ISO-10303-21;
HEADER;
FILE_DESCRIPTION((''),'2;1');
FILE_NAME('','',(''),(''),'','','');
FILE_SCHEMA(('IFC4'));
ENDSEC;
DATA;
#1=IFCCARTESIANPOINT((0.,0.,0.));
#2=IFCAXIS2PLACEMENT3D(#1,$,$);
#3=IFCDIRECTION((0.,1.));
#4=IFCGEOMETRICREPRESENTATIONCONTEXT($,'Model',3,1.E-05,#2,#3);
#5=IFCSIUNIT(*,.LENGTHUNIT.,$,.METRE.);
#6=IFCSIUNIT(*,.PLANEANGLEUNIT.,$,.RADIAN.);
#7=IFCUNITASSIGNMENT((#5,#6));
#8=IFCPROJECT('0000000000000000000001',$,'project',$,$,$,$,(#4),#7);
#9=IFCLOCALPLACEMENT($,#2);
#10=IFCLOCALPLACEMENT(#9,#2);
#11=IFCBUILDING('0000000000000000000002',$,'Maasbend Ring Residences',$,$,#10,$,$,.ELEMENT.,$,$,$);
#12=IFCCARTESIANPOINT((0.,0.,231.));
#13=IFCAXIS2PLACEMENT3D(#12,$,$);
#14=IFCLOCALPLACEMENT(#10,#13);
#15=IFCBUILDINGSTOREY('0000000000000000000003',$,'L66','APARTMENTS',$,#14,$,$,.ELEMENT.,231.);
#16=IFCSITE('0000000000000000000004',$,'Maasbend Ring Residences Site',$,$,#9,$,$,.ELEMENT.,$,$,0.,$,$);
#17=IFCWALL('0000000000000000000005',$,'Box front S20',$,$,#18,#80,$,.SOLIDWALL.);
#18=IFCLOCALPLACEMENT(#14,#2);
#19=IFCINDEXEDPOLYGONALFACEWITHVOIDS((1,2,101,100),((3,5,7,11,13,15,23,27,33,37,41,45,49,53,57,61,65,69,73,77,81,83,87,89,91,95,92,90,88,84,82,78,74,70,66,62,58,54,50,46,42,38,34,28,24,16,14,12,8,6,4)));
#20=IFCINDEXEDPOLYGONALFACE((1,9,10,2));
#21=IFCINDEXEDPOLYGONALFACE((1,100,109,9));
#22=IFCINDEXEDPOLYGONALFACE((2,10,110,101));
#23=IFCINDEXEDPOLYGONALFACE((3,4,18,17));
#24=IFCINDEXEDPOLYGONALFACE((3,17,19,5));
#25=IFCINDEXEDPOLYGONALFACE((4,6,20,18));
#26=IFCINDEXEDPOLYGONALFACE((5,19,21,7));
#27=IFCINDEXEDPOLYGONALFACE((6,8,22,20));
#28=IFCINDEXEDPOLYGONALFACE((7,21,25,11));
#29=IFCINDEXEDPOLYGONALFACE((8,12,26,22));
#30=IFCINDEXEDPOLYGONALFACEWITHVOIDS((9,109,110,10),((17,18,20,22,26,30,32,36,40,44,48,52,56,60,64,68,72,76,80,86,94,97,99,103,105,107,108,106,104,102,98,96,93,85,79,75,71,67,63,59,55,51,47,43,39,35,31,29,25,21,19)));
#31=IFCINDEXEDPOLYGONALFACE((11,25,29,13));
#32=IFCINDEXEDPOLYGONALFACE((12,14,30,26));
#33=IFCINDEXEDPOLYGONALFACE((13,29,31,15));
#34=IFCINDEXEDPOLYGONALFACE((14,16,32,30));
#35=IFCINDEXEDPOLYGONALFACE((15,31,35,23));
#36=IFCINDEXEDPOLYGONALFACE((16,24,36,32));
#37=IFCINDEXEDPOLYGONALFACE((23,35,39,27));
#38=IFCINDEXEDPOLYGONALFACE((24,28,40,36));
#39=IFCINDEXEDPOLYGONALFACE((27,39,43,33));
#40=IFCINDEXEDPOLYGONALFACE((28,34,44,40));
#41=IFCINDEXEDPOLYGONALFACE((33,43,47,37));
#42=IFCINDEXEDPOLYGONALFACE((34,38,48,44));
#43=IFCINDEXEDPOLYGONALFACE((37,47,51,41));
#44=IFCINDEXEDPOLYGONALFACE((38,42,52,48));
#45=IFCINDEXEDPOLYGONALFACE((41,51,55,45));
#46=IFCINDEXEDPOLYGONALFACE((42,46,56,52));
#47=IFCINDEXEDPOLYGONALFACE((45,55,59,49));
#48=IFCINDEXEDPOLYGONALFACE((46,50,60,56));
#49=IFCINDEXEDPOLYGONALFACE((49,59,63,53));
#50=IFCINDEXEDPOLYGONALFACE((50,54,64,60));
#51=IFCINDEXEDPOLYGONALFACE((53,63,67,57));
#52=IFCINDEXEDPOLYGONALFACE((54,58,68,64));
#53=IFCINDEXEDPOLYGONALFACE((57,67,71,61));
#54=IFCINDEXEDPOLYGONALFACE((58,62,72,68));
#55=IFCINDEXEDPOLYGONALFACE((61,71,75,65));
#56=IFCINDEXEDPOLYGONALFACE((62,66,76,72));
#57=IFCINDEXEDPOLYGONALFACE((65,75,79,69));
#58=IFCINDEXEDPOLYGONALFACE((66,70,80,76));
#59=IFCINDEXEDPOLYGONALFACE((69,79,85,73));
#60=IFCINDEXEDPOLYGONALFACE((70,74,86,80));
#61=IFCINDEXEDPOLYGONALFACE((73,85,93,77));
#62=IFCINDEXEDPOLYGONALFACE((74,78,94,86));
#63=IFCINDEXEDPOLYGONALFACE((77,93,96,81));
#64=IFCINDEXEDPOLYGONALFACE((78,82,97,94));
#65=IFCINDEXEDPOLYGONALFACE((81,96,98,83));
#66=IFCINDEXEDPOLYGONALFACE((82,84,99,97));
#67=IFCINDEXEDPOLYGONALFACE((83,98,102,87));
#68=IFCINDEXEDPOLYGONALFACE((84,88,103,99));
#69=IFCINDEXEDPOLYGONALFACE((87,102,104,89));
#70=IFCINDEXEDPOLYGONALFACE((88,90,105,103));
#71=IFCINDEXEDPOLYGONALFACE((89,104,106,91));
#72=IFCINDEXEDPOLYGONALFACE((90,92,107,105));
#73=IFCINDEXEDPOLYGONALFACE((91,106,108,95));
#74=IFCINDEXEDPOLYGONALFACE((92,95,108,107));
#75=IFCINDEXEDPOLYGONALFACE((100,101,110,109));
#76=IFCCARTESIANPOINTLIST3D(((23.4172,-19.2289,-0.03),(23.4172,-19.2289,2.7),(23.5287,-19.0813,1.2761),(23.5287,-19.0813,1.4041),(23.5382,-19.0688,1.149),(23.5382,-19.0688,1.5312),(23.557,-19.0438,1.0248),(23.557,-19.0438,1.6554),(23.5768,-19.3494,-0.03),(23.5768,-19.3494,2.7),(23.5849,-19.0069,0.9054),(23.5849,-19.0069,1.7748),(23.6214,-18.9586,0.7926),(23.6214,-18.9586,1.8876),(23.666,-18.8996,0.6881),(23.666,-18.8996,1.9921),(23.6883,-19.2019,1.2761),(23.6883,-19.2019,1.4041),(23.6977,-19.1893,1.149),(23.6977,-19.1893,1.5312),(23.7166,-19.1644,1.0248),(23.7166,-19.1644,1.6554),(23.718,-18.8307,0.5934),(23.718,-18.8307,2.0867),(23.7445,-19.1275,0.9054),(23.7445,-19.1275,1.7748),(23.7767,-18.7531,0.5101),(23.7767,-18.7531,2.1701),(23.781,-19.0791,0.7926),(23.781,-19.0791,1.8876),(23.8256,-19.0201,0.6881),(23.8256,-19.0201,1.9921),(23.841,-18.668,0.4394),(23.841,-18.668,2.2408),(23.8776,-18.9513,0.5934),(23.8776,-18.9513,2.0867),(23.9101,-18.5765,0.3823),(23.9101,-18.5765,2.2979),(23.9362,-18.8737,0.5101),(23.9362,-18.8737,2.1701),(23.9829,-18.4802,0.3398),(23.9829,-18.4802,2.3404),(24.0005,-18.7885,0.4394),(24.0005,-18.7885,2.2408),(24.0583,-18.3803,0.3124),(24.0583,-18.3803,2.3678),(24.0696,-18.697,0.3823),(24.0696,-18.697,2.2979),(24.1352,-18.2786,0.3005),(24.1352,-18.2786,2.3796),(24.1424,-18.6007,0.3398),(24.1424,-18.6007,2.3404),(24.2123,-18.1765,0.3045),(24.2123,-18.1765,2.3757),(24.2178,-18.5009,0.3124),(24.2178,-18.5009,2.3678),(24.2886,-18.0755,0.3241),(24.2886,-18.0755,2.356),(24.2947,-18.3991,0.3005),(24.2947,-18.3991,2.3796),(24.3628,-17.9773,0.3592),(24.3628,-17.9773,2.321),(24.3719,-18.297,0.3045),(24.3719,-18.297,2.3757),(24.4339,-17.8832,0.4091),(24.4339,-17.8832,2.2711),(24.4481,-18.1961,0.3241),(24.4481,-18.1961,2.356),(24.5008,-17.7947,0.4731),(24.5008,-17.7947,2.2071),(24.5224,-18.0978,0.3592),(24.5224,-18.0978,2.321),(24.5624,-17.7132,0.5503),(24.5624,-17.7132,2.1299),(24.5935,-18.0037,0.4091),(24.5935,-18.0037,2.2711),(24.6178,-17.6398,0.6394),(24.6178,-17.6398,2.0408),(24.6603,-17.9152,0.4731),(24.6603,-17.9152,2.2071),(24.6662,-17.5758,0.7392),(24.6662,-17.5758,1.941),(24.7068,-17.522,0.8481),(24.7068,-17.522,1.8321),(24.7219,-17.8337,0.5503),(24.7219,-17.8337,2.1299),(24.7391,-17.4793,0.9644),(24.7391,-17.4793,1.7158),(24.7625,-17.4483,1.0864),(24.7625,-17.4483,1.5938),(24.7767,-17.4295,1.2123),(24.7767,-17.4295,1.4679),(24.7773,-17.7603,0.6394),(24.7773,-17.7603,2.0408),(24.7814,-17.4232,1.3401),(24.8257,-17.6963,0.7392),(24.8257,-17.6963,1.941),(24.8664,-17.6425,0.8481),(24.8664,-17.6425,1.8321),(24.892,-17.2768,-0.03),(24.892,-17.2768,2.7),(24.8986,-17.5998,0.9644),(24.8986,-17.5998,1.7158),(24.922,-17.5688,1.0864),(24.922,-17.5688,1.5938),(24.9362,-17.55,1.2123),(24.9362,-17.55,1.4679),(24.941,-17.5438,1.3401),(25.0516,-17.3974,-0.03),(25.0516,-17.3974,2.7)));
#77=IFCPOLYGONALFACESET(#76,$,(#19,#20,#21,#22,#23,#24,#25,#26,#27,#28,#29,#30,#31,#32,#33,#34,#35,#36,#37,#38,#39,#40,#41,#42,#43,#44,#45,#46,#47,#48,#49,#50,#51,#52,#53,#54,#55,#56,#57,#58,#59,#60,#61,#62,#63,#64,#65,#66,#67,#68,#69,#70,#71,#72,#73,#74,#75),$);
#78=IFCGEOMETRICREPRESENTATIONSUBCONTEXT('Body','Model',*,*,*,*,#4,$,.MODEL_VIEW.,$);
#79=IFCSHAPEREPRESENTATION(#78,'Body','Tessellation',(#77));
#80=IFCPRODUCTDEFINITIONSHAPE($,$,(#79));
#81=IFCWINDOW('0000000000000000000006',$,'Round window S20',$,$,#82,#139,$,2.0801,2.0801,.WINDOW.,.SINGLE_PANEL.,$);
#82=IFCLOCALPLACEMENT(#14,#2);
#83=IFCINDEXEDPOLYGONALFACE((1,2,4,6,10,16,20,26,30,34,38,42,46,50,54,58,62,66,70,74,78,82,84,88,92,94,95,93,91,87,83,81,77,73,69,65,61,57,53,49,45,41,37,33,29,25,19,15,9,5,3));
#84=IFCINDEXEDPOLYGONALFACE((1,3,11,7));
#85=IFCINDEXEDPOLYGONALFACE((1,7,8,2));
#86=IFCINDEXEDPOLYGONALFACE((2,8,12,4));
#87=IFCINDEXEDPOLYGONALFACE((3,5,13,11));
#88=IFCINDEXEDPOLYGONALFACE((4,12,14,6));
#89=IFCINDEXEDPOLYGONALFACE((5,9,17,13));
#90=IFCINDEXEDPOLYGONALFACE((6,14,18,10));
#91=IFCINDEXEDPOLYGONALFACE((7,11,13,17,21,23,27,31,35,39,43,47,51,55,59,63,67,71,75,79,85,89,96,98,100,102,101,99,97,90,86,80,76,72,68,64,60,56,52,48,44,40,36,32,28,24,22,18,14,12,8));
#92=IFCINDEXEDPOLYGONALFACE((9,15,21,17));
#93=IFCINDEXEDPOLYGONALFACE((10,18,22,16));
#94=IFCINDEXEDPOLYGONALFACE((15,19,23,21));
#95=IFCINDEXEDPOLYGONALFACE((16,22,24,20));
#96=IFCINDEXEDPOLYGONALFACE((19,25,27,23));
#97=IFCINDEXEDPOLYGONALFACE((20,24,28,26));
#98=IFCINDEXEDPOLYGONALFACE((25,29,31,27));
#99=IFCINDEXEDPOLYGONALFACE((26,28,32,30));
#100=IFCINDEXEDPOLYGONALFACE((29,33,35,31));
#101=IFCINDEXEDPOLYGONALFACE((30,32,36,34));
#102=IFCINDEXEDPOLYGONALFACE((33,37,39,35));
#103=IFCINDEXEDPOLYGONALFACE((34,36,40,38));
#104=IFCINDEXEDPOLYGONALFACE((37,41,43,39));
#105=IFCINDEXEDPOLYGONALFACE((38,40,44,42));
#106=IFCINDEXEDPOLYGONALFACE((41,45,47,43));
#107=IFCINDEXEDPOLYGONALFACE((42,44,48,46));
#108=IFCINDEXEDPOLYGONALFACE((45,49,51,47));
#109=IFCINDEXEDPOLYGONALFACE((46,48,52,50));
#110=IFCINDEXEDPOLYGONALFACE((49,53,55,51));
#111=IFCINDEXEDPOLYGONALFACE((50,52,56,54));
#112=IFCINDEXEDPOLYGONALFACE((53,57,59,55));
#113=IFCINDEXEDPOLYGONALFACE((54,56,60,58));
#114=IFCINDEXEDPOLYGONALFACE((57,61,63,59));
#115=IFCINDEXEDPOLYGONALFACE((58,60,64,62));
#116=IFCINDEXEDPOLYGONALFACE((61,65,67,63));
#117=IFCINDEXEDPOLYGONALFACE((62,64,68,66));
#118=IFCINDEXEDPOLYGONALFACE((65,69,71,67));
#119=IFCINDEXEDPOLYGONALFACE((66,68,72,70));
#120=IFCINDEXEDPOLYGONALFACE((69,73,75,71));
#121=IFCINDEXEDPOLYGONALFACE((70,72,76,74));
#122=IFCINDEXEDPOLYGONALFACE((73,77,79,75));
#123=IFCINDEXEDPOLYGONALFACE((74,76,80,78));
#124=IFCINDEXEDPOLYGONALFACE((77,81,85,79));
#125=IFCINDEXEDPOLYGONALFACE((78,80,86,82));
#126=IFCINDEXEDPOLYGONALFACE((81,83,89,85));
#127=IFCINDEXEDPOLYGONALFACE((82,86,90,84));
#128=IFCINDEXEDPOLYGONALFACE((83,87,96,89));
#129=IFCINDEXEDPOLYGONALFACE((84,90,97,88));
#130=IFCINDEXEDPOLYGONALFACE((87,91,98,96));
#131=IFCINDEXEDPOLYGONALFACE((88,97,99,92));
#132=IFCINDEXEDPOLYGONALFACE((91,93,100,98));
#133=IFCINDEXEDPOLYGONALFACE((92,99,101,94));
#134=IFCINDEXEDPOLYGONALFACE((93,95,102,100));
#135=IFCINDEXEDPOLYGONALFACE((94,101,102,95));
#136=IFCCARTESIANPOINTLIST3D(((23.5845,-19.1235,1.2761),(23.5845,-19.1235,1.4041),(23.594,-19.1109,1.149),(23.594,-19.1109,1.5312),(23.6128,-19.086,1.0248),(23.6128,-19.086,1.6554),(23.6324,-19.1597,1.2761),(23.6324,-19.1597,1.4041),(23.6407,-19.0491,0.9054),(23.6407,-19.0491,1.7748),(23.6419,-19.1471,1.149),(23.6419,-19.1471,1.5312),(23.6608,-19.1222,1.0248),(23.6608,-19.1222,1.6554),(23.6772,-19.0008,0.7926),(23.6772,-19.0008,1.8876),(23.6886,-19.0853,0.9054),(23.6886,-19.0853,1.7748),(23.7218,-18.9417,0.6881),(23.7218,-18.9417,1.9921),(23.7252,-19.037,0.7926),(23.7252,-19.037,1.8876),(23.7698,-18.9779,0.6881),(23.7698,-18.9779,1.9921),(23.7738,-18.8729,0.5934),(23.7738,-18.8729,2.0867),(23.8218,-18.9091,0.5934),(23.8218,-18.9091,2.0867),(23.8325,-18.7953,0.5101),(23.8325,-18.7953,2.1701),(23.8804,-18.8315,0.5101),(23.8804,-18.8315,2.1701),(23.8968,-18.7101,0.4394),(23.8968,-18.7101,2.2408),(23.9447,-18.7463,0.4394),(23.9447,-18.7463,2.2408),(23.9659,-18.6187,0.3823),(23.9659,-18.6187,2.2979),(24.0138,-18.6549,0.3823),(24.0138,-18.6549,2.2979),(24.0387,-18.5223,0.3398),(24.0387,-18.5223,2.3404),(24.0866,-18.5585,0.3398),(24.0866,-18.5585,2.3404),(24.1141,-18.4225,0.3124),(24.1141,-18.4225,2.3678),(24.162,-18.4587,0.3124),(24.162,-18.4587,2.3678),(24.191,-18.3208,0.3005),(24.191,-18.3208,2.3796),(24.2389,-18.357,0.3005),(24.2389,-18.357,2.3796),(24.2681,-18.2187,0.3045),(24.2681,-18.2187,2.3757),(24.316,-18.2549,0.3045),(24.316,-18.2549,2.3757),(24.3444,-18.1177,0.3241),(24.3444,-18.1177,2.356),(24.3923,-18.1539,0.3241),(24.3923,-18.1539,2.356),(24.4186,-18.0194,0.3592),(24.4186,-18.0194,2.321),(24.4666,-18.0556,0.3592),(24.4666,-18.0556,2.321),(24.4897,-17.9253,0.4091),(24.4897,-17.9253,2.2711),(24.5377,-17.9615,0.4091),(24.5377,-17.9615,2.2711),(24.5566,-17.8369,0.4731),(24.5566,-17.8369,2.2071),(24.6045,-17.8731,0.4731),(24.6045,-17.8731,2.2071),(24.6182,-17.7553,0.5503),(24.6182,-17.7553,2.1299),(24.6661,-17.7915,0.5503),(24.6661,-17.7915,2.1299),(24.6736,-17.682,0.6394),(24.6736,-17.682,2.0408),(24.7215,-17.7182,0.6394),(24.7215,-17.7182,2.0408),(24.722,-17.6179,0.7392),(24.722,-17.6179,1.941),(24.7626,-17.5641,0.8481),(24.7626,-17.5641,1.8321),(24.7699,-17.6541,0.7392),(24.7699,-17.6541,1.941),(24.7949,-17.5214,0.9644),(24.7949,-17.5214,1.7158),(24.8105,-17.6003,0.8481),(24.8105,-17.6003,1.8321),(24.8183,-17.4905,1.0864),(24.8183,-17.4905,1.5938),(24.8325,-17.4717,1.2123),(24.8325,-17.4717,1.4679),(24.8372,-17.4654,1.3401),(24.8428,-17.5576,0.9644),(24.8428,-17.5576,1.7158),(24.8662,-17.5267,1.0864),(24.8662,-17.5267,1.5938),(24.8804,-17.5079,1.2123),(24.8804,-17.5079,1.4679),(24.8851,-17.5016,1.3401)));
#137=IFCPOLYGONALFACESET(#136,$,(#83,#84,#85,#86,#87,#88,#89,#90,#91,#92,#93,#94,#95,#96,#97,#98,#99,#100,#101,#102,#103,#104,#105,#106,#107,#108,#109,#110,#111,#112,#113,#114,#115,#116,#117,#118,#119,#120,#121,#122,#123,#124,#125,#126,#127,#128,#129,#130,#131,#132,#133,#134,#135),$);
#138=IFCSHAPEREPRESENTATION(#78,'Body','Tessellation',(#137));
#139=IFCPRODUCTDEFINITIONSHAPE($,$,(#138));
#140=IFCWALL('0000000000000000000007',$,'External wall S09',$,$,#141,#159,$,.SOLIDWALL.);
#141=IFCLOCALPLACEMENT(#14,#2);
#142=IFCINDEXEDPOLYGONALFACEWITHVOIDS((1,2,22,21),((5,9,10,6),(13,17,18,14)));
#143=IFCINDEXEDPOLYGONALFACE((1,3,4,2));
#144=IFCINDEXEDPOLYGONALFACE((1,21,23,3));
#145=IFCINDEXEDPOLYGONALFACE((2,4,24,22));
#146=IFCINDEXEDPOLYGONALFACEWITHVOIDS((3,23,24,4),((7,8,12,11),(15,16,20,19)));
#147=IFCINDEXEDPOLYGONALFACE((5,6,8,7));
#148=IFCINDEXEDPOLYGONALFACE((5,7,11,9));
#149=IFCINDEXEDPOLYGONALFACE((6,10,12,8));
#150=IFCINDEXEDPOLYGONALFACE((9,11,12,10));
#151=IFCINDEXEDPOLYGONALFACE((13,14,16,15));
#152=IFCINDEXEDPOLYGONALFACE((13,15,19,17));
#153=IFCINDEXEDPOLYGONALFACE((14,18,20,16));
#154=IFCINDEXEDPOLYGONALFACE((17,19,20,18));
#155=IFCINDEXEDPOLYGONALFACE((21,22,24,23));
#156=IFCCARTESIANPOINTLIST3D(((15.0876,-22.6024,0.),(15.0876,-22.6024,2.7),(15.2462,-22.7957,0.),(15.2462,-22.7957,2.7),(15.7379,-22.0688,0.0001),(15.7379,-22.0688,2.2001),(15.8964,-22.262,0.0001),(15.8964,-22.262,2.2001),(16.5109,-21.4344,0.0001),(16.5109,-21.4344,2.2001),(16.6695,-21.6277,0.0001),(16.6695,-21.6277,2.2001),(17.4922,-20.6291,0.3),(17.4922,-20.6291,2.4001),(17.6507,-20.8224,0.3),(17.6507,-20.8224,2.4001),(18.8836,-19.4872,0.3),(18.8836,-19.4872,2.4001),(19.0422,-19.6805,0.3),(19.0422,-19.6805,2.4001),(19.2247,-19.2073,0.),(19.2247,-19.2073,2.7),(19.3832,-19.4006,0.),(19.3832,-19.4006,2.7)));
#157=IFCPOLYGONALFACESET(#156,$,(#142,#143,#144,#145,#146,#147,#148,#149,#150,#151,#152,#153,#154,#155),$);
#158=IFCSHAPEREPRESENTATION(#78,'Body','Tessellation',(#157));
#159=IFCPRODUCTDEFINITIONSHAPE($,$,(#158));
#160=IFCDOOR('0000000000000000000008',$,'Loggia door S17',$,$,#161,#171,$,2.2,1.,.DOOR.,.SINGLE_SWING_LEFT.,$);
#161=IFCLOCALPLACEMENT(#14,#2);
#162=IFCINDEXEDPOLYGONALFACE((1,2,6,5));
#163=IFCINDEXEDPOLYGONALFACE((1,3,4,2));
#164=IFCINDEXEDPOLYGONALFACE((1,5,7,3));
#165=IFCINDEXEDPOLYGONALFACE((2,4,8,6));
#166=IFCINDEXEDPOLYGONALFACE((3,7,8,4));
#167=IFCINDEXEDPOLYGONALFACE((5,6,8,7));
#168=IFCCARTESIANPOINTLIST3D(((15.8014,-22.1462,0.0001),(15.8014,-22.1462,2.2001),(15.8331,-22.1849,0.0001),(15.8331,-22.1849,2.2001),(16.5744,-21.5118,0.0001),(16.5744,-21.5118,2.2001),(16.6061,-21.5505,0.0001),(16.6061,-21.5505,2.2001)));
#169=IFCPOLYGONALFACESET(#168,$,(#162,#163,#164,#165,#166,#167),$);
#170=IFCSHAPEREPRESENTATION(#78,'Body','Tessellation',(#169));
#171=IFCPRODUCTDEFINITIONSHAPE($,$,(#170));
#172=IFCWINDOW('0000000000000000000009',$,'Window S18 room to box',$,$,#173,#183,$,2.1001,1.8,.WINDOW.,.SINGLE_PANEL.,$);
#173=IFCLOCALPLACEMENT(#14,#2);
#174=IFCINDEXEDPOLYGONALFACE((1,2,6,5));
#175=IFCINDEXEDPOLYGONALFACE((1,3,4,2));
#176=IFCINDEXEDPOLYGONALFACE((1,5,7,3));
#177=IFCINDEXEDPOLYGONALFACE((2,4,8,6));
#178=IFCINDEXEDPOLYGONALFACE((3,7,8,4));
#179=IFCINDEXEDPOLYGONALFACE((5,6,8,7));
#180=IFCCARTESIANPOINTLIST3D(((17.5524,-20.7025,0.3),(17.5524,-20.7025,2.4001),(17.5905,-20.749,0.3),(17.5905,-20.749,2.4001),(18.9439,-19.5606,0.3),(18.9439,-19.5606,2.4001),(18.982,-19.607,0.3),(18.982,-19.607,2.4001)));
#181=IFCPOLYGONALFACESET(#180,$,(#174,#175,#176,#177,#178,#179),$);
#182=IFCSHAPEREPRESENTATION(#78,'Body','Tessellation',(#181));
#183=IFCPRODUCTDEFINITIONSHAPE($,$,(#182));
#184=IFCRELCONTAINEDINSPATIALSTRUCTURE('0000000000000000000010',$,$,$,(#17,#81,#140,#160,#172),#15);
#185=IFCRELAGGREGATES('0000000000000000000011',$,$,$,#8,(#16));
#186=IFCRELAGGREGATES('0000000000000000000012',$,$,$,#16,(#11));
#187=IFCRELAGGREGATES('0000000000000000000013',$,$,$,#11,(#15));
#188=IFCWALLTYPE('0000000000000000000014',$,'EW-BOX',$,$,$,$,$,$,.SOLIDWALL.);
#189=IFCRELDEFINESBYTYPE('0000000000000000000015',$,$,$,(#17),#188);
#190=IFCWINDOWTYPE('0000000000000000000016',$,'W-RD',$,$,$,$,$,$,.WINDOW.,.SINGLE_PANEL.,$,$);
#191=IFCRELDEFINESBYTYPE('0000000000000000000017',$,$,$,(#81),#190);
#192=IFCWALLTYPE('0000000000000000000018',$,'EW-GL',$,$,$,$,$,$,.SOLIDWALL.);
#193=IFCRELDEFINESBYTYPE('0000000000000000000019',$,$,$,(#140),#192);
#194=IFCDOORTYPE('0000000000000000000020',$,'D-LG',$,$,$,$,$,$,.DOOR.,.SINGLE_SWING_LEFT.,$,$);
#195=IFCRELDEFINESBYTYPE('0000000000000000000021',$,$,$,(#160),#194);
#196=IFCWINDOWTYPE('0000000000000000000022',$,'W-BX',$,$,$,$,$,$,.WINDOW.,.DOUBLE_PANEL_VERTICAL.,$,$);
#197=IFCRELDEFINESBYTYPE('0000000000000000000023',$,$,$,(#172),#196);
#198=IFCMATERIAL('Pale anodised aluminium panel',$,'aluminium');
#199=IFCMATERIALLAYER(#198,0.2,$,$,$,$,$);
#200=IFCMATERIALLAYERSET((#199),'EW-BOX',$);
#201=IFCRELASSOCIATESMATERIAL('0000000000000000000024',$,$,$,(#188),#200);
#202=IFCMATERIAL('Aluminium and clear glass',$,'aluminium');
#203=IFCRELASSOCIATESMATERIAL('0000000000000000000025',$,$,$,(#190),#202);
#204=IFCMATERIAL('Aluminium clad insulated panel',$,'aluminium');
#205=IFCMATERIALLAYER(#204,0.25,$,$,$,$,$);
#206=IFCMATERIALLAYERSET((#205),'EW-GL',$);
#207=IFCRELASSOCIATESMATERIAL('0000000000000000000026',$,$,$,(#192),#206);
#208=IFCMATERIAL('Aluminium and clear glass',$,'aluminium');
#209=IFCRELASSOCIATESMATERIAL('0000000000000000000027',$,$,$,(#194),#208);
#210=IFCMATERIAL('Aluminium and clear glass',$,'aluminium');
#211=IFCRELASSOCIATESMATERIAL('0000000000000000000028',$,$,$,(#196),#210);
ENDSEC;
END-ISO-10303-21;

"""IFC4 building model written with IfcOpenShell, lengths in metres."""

from ifc_helpers import new_model, si_unit, direction, frame, frame_2d, origin, place, context, subcontext, project, spatial, rectangle, circle, extrude, material, layer, layer_set, type_object, element, fill, save


model = new_model("IFC4")

# Units and contexts
model_context = context("Model", 3, precision=1e-05, world=origin(), true_north=direction((0.0, 1.0)))
body_context = subcontext(model_context, "Body", "Model", "MODEL_VIEW")
ifc_project = project(units=[si_unit("LENGTHUNIT", "METRE"), si_unit("PLANEANGLEUNIT", "RADIAN")], contexts=[model_context])

# Site, building, storey
site_placement = place(None, origin())
site = spatial("IfcSite", under=ifc_project, at=site_placement, Name="Maasbend Ring Residences Site", CompositionType="ELEMENT", RefElevation=0.0)
building_placement = place(site_placement, origin())
building = spatial("IfcBuilding", under=site, at=building_placement, Name="Maasbend Ring Residences", CompositionType="ELEMENT")
storey_placement = place(building_placement, frame((0.0, 0.0, 231.0)))
storey = spatial("IfcBuildingStorey", under=building, at=storey_placement, Name="L66", Description="APARTMENTS", CompositionType="ELEMENT", Elevation=231.0)

# Shared definitions
ifc_material_1 = material(Name="Pale anodised aluminium panel", Category="aluminium")
ifc_layer_1 = layer(ifc_material_1, 0.2)
ifc_layer_set_1 = layer_set([ifc_layer_1], Name="EW-BOX")
wall_type_1 = type_object("IfcWallType", Name="EW-BOX", PredefinedType="SOLIDWALL", material=ifc_layer_set_1)
ifc_material_2 = material(Name="Aluminium and clear glass", Category="aluminium")
window_type_1 = type_object("IfcWindowType", Name="W-RD", PartitioningType="SINGLE_PANEL", PredefinedType="WINDOW", material=ifc_material_2)

# Wall, opening, window
wall_1_placement = place(storey_placement, frame((23.4971, -19.2891, -0.03), z_axis=(0.0, 0.0, 1.0), x_axis=(0.602806, 0.797888, 0.0)))
wall_1 = element("IfcWall", 1, at=wall_1_placement, inside=storey, type_object=wall_type_1, Name="Box front S20", PredefinedType="SOLIDWALL", context=body_context, shape_type="SweptSolid", body=[
    extrude(rectangle(XDim=2.4465, YDim=0.2, at=frame_2d((1.2231, 0.0))), origin(), (0.0, 0.0, 1.0), 2.73),
])
opening_1_placement = place(wall_1_placement, frame((0.1829, 0.0, 0.3301)))
opening_1 = element("IfcOpeningElement", 2, at=opening_1_placement, cuts=wall_1, PredefinedType="OPENING", context=body_context, shape_type="SweptSolid", body=[
    extrude(circle(Radius=1.04, at=frame_2d((1.04, 1.04))), frame((0.0, 0.1099, 0.0), z_axis=(0.0, -1.0, 0.0), x_axis=(1.0, 0.0, 0.0)), (0.0, 0.0, 1.0), 0.22),
])
window_1_placement = place(opening_1_placement, origin())
window_1 = element("IfcWindow", 3, at=window_1_placement, inside=storey, type_object=window_type_1, Name="Round window S20", OverallHeight=2.0801, OverallWidth=2.0801, PartitioningType="SINGLE_PANEL", PredefinedType="WINDOW", context=body_context, shape_type="SweptSolid", body=[
    extrude(circle(Radius=1.04, at=frame_2d((1.04, 1.04))), frame((0.0, 0.03, 0.0), z_axis=(0.0, -1.0, 0.0), x_axis=(1.0, 0.0, 0.0)), (0.0, 0.0, 1.0), 0.0601),
])
fill(opening_1, window_1)

# Wall, openings, door, window
ifc_material_3 = material(Name="Aluminium clad insulated panel", Category="aluminium")
ifc_layer_2 = layer(ifc_material_3, 0.25)
ifc_layer_set_2 = layer_set([ifc_layer_2], Name="EW-GL")
wall_type_2 = type_object("IfcWallType", Name="EW-GL", PredefinedType="SOLIDWALL", material=ifc_layer_set_2)
wall_2_placement = place(storey_placement, frame((15.167, -22.699, 0.0), z_axis=(0.0, 0.0, 1.0), x_axis=(0.773019, 0.634382, 0.0)))
wall_2 = element("IfcWall", 4, at=wall_2_placement, inside=storey, type_object=wall_type_2, Name="External wall S09", PredefinedType="SOLIDWALL", context=body_context, shape_type="SweptSolid", body=[
    extrude(rectangle(XDim=5.3518, YDim=0.25, at=frame_2d((2.6758, 0.0))), origin(), (0.0, 0.0, 1.0), 2.7),
])
opening_2_placement = place(wall_2_placement, frame((0.8411, 0.0, 0.0)))
opening_2 = element("IfcOpeningElement", 5, at=opening_2_placement, cuts=wall_2, PredefinedType="OPENING", context=body_context, shape_type="SweptSolid", body=[
    extrude(rectangle(XDim=1.0, YDim=2.2, at=frame_2d((0.5, 1.1001))), frame((0.0, 0.135, 0.0), z_axis=(0.0, -1.0, 0.0), x_axis=(1.0, 0.0, 0.0)), (0.0, 0.0, 1.0), 0.27),
])
opening_3_placement = place(wall_2_placement, frame((3.1106, 0.0, 0.3)))
opening_3 = element("IfcOpeningElement", 6, at=opening_3_placement, cuts=wall_2, PredefinedType="OPENING", context=body_context, shape_type="SweptSolid", body=[
    extrude(rectangle(XDim=1.8, YDim=2.1001, at=frame_2d((0.8999, 1.05))), frame((0.0, 0.135, 0.0), z_axis=(0.0, -1.0, 0.0), x_axis=(1.0, 0.0, 0.0)), (0.0, 0.0, 1.0), 0.27),
])
ifc_material_4 = material(Name="Aluminium and clear glass", Category="aluminium")
door_type = type_object("IfcDoorType", Name="D-LG", OperationType="SINGLE_SWING_LEFT", PredefinedType="DOOR", material=ifc_material_4)
door_1_placement = place(opening_2_placement, origin())
door_1 = element("IfcDoor", 7, at=door_1_placement, inside=storey, type_object=door_type, Name="Loggia door S17", OperationType="SINGLE_SWING_LEFT", OverallHeight=2.2, OverallWidth=1.0, PredefinedType="DOOR", context=body_context, shape_type="SweptSolid", body=[
    extrude(rectangle(XDim=1.0, YDim=2.2, at=frame_2d((0.5, 1.1001))), frame((0.0, 0.0249, 0.0), z_axis=(0.0, -1.0, 0.0), x_axis=(1.0, 0.0, 0.0)), (0.0, 0.0, 1.0), 0.05),
])
fill(opening_2, door_1)
ifc_material_5 = material(Name="Aluminium and clear glass", Category="aluminium")
window_type_2 = type_object("IfcWindowType", Name="W-BX", PartitioningType="DOUBLE_PANEL_VERTICAL", PredefinedType="WINDOW", material=ifc_material_5)
window_2_placement = place(opening_3_placement, origin())
window_2 = element("IfcWindow", 8, at=window_2_placement, inside=storey, type_object=window_type_2, Name="Window S18 room to box", OverallHeight=2.1001, OverallWidth=1.8, PartitioningType="SINGLE_PANEL", PredefinedType="WINDOW", context=body_context, shape_type="SweptSolid", body=[
    extrude(rectangle(XDim=1.8, YDim=2.1001, at=frame_2d((0.8999, 1.05))), frame((0.0, 0.03, 0.0), z_axis=(0.0, -1.0, 0.0), x_axis=(1.0, 0.0, 0.0)), (0.0, 0.0, 1.0), 0.0601),
])
fill(opening_3, window_2)

save(model, "model.ifc")
